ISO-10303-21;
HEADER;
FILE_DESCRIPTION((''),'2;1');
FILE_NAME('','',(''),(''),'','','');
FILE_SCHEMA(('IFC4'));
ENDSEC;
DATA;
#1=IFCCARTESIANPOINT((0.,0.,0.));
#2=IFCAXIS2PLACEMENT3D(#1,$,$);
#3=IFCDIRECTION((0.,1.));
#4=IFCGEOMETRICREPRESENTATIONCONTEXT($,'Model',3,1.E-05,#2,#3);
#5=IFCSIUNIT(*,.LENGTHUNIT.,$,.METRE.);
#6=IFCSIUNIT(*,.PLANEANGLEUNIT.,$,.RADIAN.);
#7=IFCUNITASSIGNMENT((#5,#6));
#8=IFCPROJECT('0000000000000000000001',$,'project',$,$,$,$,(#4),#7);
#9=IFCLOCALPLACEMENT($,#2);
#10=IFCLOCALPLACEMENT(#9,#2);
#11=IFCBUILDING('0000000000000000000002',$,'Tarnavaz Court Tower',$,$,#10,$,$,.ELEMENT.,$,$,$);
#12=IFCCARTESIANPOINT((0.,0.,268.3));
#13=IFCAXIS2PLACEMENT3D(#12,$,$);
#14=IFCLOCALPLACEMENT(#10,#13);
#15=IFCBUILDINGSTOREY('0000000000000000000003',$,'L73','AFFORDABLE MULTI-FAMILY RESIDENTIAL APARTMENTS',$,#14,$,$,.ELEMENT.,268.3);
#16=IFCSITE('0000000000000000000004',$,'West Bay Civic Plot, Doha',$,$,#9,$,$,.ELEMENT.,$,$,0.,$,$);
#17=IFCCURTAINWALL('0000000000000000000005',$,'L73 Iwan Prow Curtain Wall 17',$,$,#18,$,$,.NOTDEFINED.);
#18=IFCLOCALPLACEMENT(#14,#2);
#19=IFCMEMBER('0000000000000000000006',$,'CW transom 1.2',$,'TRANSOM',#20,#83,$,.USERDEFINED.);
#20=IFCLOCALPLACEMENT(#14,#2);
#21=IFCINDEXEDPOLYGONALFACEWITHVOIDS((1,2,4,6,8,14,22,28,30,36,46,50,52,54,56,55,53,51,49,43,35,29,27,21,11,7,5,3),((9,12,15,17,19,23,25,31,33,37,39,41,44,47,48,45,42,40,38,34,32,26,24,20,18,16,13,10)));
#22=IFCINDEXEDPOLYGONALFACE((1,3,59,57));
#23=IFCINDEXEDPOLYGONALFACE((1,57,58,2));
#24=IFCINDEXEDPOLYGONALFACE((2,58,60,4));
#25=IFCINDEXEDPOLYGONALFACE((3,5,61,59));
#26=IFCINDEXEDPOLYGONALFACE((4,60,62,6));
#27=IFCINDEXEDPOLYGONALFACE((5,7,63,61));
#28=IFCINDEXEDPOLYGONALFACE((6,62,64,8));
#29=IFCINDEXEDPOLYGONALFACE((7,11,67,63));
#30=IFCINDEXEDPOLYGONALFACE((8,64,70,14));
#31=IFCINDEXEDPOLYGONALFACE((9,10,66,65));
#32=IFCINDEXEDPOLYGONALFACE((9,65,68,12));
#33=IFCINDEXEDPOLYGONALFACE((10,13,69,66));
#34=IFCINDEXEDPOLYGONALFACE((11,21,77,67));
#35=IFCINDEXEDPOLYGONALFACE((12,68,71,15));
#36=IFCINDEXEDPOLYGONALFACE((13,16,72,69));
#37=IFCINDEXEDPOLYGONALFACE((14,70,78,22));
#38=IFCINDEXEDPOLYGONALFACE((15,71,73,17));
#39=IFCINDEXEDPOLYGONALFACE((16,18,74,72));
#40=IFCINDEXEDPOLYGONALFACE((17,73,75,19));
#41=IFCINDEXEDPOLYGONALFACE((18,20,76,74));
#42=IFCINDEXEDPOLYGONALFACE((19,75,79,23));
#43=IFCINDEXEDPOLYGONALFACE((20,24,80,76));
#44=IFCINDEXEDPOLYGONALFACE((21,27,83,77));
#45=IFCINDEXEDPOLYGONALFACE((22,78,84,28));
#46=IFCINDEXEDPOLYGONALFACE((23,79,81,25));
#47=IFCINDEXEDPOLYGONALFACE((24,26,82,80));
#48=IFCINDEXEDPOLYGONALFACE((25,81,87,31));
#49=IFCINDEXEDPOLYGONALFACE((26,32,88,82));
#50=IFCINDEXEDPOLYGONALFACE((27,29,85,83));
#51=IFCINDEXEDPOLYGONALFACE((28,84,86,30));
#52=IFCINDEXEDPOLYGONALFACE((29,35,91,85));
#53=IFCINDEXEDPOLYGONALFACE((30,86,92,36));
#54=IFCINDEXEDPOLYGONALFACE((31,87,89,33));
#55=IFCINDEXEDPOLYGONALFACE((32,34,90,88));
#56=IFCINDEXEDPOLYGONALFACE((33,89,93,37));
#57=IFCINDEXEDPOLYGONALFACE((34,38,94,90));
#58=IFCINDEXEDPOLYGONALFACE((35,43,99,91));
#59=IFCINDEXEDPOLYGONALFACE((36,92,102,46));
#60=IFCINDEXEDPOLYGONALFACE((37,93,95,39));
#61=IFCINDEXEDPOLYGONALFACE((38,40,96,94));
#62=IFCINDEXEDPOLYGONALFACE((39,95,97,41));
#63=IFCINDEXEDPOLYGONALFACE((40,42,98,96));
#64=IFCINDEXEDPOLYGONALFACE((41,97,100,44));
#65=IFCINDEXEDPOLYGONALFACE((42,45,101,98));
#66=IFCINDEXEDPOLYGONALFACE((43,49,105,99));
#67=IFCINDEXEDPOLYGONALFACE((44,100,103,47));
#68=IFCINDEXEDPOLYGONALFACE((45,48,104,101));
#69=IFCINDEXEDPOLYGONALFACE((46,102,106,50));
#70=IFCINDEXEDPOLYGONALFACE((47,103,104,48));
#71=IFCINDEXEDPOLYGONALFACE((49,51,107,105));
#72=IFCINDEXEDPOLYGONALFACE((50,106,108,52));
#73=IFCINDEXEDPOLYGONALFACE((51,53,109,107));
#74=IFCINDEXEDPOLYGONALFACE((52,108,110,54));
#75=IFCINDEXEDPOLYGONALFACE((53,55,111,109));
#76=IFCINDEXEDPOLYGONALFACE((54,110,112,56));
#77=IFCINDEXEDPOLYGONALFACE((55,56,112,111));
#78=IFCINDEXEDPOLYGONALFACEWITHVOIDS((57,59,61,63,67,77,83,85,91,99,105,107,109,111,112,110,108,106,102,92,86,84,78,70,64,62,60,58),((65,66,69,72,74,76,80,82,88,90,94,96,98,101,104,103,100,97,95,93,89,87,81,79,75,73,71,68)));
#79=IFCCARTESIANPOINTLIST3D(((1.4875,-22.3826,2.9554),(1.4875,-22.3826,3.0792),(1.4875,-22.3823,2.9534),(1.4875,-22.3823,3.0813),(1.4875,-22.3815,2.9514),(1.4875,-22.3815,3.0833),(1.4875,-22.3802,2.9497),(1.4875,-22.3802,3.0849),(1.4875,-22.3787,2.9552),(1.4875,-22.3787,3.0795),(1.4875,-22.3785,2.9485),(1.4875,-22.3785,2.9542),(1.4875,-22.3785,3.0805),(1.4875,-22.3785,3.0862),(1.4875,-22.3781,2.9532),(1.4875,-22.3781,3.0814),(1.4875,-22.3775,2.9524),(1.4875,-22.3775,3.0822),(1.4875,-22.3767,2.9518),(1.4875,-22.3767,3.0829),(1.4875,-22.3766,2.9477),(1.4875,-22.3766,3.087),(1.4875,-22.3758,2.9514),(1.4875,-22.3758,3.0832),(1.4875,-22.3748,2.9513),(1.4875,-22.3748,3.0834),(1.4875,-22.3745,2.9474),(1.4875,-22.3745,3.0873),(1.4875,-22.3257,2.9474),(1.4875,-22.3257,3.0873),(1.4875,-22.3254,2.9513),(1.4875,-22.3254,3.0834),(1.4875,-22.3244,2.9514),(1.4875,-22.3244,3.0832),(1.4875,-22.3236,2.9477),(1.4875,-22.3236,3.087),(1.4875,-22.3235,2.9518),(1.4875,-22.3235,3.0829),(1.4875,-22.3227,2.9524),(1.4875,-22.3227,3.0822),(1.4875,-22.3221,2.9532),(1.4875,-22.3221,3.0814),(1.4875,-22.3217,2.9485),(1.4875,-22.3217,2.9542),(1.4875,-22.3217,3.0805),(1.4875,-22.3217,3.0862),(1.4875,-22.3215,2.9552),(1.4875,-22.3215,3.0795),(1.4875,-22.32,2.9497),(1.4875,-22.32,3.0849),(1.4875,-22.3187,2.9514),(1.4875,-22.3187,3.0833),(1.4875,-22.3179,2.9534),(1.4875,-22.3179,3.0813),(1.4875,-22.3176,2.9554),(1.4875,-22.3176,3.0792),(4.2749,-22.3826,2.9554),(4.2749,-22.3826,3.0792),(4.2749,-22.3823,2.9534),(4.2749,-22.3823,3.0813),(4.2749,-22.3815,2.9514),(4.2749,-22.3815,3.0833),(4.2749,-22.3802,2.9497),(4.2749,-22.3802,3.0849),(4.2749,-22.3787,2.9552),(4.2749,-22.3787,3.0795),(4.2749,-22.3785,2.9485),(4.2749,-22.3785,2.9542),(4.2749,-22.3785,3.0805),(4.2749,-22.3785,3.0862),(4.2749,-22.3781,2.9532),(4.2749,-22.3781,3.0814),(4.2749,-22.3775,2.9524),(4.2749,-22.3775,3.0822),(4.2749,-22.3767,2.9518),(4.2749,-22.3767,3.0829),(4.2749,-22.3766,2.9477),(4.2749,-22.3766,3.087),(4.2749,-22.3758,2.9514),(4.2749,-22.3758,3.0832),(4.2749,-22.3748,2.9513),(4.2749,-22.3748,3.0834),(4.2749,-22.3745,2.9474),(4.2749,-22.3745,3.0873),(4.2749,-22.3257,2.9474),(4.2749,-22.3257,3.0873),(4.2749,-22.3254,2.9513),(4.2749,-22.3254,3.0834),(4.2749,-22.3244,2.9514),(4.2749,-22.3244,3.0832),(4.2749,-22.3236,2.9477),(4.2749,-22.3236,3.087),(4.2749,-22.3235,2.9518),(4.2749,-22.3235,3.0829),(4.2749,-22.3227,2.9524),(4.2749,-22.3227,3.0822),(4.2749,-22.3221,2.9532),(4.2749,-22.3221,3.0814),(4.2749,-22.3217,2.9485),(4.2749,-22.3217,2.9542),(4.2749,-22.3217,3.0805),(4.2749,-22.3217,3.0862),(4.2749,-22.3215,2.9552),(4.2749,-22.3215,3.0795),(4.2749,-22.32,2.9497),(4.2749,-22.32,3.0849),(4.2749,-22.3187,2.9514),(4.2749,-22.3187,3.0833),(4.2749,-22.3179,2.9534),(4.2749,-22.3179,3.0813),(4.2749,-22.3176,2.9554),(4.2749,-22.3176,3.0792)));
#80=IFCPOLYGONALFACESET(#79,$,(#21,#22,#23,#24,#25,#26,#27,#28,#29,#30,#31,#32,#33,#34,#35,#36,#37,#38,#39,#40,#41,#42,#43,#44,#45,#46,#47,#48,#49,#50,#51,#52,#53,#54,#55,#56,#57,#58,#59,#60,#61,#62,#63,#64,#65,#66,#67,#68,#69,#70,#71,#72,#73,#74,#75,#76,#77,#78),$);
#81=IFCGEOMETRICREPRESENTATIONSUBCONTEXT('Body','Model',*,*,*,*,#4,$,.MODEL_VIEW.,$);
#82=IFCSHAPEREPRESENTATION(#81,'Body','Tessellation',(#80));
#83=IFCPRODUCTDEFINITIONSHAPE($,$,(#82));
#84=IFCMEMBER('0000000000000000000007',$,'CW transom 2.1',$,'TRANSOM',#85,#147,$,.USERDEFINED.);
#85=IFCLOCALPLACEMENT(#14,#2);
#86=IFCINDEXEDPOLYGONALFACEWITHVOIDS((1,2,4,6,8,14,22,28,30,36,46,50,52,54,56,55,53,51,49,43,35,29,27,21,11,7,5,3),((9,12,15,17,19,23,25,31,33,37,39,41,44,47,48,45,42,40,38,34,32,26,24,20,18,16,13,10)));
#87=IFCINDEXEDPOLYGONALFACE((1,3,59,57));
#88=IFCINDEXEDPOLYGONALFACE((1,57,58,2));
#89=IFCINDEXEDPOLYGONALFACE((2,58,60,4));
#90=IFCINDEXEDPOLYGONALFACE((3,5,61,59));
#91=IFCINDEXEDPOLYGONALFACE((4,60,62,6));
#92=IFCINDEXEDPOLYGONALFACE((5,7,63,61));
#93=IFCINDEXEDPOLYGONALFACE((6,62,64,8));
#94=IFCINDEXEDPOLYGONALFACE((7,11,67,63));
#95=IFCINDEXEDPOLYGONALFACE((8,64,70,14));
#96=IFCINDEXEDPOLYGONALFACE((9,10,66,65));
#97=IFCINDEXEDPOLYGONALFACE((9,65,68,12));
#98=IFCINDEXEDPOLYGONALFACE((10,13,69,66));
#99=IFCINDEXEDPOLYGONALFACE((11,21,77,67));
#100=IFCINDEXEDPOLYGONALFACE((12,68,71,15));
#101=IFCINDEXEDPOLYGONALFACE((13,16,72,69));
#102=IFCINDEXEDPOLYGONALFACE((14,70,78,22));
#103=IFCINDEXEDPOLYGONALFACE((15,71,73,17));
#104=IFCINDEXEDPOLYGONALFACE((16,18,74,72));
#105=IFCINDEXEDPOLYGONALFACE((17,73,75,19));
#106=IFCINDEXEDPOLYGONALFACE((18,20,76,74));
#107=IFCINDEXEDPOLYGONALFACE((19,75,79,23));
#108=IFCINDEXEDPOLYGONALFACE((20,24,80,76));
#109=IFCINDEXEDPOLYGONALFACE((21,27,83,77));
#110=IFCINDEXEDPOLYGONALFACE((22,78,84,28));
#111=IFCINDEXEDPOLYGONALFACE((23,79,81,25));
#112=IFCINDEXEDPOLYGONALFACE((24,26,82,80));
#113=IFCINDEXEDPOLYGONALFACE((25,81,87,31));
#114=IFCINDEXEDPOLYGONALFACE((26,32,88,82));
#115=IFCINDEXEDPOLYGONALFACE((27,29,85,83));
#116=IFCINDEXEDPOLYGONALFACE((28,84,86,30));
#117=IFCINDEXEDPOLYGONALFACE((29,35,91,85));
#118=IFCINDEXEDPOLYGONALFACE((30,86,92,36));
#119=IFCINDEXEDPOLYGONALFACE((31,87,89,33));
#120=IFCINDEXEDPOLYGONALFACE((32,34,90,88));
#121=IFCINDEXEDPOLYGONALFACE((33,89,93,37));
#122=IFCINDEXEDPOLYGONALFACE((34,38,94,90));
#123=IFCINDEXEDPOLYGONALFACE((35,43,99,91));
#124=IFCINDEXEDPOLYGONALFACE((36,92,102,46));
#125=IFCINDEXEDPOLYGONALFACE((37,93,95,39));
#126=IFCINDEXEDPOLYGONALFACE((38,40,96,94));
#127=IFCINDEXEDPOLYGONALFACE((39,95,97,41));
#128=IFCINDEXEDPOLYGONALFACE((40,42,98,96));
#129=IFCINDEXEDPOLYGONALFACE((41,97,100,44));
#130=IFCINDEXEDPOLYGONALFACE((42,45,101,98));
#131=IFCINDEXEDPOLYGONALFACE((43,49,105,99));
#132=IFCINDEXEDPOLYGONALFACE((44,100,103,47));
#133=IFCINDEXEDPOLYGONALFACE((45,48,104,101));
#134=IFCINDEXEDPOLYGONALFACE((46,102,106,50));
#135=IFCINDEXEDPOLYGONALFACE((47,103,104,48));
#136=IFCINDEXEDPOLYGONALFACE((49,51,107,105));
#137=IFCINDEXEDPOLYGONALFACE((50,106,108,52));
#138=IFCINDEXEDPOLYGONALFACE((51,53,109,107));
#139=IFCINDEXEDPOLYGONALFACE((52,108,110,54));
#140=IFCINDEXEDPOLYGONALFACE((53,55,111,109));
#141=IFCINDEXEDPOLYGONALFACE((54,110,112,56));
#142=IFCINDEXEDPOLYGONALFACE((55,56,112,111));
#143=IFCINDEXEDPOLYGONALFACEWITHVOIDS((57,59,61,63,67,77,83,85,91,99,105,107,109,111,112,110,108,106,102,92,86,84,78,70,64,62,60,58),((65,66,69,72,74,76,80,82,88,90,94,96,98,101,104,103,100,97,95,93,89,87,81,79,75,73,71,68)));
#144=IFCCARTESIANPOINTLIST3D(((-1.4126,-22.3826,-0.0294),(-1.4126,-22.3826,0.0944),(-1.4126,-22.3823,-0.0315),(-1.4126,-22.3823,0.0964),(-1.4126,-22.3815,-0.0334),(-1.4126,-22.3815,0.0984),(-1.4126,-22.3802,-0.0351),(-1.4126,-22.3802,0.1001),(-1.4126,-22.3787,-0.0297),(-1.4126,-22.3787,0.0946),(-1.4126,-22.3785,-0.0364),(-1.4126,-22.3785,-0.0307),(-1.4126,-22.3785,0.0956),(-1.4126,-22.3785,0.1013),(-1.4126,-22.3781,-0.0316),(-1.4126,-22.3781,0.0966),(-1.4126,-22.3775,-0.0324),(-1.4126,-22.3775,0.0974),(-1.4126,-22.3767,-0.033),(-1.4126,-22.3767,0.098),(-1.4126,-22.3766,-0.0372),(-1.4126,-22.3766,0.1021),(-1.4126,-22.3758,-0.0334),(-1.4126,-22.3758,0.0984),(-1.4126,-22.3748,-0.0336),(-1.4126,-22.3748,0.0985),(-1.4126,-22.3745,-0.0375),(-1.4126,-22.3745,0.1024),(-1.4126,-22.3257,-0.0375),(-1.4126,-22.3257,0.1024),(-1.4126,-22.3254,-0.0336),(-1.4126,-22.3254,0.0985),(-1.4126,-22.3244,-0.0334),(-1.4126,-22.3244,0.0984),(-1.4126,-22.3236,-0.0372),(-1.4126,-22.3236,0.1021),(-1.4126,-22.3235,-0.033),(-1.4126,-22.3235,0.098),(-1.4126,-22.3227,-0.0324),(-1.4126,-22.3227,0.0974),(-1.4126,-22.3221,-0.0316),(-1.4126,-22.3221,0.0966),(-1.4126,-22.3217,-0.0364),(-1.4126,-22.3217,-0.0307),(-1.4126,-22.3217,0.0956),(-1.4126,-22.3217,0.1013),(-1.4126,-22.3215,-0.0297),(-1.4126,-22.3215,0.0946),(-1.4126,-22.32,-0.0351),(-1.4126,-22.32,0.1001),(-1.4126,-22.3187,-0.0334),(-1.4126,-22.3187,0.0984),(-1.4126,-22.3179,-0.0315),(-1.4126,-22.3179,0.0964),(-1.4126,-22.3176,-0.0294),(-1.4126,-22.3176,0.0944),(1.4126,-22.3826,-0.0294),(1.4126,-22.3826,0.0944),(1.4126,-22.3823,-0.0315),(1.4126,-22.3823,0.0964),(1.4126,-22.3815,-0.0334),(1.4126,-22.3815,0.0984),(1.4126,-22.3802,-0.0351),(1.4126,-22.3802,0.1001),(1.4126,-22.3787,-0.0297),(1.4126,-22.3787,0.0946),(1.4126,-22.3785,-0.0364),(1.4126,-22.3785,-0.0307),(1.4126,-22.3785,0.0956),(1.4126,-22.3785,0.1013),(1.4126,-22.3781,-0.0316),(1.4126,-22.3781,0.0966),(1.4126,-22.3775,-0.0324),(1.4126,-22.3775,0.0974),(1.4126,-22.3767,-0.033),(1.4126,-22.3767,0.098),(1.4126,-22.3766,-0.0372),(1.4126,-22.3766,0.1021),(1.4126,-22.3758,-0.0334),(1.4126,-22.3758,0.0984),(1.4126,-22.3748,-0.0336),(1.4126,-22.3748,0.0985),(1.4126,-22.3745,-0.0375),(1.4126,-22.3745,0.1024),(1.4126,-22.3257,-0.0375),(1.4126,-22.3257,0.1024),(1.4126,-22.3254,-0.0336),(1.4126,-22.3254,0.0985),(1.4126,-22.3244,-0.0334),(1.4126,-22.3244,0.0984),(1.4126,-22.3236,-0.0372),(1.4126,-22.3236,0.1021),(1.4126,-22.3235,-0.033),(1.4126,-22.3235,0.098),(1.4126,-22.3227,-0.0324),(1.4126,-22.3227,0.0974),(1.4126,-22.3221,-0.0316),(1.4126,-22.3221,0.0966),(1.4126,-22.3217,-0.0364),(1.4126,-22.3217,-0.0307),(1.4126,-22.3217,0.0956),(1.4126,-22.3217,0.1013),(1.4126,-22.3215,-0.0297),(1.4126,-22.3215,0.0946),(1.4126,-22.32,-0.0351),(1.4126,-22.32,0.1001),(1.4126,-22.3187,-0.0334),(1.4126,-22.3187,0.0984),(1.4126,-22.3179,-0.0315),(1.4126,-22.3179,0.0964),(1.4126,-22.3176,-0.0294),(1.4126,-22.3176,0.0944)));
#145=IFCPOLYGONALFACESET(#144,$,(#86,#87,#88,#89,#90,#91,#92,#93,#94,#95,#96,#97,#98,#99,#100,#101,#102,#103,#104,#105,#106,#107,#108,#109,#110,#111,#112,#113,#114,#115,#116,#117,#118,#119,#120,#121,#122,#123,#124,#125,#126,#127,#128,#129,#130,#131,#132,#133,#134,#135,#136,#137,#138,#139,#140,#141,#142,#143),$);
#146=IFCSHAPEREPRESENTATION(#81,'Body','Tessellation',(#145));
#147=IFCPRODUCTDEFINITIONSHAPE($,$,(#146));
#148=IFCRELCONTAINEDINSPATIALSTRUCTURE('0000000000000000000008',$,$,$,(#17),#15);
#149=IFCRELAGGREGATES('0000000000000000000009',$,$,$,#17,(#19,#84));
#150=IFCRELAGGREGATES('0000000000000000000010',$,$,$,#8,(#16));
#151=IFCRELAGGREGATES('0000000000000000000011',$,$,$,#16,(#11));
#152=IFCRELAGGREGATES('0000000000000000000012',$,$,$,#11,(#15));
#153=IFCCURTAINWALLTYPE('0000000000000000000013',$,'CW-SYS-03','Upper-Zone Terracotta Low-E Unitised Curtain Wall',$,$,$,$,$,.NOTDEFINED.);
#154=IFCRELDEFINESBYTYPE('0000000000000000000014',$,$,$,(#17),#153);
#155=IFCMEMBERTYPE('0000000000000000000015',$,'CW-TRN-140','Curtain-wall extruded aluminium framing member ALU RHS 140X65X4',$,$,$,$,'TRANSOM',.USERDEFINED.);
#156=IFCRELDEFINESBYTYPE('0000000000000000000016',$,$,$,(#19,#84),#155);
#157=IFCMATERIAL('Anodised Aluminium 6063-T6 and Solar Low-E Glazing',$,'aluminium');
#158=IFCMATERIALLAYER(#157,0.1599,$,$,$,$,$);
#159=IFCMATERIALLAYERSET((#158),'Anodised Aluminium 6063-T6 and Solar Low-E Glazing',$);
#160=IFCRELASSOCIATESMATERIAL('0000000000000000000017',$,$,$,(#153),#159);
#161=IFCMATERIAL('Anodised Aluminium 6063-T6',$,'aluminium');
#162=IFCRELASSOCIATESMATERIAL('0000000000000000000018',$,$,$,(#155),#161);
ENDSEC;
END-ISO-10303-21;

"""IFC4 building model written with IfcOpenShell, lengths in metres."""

from ifc_helpers import new_model, si_unit, direction, frame, origin, origin_2d, place, context, subcontext, project, spatial, hollow_rectangle, extrude, material, layer, layer_set, material_profile, profile_set, type_object, element, aggregate, save


model = new_model("IFC4")

# Units and contexts
model_context = context("Model", 3, precision=1e-05, world=origin(), true_north=direction((0.0, 1.0)))
body_context = subcontext(model_context, "Body", "Model", "MODEL_VIEW")
ifc_project = project(units=[si_unit("LENGTHUNIT", "METRE"), si_unit("PLANEANGLEUNIT", "RADIAN")], contexts=[model_context])

# Site, building, storey
site_placement = place(None, origin())
site = spatial("IfcSite", under=ifc_project, at=site_placement, Name="West Bay Civic Plot, Doha", CompositionType="ELEMENT", RefElevation=0.0)
building_placement = place(site_placement, origin())
building = spatial("IfcBuilding", under=site, at=building_placement, Name="Tarnavaz Court Tower", CompositionType="ELEMENT")
storey_placement = place(building_placement, frame((0.0, 0.0, 268.3)))
storey = spatial("IfcBuildingStorey", under=building, at=storey_placement, Name="L73", Description="AFFORDABLE MULTI-FAMILY RESIDENTIAL APARTMENTS", CompositionType="ELEMENT", Elevation=268.3)

# Curtain wall, members
ifc_material_1 = material(Name="Anodised Aluminium 6063-T6 and Solar Low-E Glazing", Category="aluminium")
ifc_layer_1 = layer(ifc_material_1, 0.1599)
ifc_layer_set_1 = layer_set([ifc_layer_1], Name="Anodised Aluminium 6063-T6 and Solar Low-E Glazing")
curtain_wall_type = type_object("IfcCurtainWallType", Name="CW-SYS-03", Description="Upper-Zone Terracotta Low-E Unitised Curtain Wall", PredefinedType="NOTDEFINED", material=ifc_layer_set_1)
curtain_wall_placement = place(storey_placement, origin())
curtain_wall = element("IfcCurtainWall", 1, at=curtain_wall_placement, inside=storey, type_object=curtain_wall_type, Name="L73 Iwan Prow Curtain Wall 17", PredefinedType="NOTDEFINED")
ifc_material_2 = material(Name="Anodised Aluminium 6063-T6", Category="aluminium")
ifc_material_profile_1 = material_profile(ifc_material_2, hollow_rectangle(XDim=0.0649, YDim=0.1399, WallThickness=0.0039, InnerFilletRadius=0.0039, OuterFilletRadius=0.0081, at=origin_2d()), Name="ALU RHS 140X65X4")
ifc_profile_set_1 = profile_set([ifc_material_profile_1], Name="Anodised Aluminium 6063-T6")
member_type_1 = type_object("IfcMemberType", Name="CW-TRN-140", Description="Curtain-wall extruded aluminium framing member ALU RHS 140X65X4", ElementType="TRANSOM", PredefinedType="USERDEFINED", material=ifc_profile_set_1)
member_1_placement = place(storey_placement, frame((4.2749, -22.3501, 3.0173), z_axis=(-1.0, 0.0, 0.0), x_axis=(0.0, -1.0, 0.0)))
member_1 = element("IfcMember", 2, at=member_1_placement, type_object=member_type_1, Name="CW transom 1.2", ObjectType="TRANSOM", PredefinedType="USERDEFINED", context=body_context, shape_type="SweptSolid", body=[
    extrude(hollow_rectangle(XDim=0.0649, YDim=0.1399, WallThickness=0.0039, InnerFilletRadius=0.0039, OuterFilletRadius=0.0081, at=origin_2d()), origin(), (0.0, 0.0, 1.0), 2.7874),
])
member_2_placement = place(storey_placement, frame((1.4126, -22.3501, 0.0325), z_axis=(-1.0, 0.0, 0.0), x_axis=(0.0, -1.0, 0.0)))
member_2 = element("IfcMember", 3, at=member_2_placement, type_object=member_type_1, Name="CW transom 2.1", ObjectType="TRANSOM", PredefinedType="USERDEFINED", context=body_context, shape_type="SweptSolid", body=[
    extrude(hollow_rectangle(XDim=0.0649, YDim=0.1399, WallThickness=0.0039, InnerFilletRadius=0.0039, OuterFilletRadius=0.0081, at=origin_2d()), origin(), (0.0, 0.0, 1.0), 2.8252),
])
aggregate(curtain_wall, [member_1, member_2])

save(model, "model.ifc")
